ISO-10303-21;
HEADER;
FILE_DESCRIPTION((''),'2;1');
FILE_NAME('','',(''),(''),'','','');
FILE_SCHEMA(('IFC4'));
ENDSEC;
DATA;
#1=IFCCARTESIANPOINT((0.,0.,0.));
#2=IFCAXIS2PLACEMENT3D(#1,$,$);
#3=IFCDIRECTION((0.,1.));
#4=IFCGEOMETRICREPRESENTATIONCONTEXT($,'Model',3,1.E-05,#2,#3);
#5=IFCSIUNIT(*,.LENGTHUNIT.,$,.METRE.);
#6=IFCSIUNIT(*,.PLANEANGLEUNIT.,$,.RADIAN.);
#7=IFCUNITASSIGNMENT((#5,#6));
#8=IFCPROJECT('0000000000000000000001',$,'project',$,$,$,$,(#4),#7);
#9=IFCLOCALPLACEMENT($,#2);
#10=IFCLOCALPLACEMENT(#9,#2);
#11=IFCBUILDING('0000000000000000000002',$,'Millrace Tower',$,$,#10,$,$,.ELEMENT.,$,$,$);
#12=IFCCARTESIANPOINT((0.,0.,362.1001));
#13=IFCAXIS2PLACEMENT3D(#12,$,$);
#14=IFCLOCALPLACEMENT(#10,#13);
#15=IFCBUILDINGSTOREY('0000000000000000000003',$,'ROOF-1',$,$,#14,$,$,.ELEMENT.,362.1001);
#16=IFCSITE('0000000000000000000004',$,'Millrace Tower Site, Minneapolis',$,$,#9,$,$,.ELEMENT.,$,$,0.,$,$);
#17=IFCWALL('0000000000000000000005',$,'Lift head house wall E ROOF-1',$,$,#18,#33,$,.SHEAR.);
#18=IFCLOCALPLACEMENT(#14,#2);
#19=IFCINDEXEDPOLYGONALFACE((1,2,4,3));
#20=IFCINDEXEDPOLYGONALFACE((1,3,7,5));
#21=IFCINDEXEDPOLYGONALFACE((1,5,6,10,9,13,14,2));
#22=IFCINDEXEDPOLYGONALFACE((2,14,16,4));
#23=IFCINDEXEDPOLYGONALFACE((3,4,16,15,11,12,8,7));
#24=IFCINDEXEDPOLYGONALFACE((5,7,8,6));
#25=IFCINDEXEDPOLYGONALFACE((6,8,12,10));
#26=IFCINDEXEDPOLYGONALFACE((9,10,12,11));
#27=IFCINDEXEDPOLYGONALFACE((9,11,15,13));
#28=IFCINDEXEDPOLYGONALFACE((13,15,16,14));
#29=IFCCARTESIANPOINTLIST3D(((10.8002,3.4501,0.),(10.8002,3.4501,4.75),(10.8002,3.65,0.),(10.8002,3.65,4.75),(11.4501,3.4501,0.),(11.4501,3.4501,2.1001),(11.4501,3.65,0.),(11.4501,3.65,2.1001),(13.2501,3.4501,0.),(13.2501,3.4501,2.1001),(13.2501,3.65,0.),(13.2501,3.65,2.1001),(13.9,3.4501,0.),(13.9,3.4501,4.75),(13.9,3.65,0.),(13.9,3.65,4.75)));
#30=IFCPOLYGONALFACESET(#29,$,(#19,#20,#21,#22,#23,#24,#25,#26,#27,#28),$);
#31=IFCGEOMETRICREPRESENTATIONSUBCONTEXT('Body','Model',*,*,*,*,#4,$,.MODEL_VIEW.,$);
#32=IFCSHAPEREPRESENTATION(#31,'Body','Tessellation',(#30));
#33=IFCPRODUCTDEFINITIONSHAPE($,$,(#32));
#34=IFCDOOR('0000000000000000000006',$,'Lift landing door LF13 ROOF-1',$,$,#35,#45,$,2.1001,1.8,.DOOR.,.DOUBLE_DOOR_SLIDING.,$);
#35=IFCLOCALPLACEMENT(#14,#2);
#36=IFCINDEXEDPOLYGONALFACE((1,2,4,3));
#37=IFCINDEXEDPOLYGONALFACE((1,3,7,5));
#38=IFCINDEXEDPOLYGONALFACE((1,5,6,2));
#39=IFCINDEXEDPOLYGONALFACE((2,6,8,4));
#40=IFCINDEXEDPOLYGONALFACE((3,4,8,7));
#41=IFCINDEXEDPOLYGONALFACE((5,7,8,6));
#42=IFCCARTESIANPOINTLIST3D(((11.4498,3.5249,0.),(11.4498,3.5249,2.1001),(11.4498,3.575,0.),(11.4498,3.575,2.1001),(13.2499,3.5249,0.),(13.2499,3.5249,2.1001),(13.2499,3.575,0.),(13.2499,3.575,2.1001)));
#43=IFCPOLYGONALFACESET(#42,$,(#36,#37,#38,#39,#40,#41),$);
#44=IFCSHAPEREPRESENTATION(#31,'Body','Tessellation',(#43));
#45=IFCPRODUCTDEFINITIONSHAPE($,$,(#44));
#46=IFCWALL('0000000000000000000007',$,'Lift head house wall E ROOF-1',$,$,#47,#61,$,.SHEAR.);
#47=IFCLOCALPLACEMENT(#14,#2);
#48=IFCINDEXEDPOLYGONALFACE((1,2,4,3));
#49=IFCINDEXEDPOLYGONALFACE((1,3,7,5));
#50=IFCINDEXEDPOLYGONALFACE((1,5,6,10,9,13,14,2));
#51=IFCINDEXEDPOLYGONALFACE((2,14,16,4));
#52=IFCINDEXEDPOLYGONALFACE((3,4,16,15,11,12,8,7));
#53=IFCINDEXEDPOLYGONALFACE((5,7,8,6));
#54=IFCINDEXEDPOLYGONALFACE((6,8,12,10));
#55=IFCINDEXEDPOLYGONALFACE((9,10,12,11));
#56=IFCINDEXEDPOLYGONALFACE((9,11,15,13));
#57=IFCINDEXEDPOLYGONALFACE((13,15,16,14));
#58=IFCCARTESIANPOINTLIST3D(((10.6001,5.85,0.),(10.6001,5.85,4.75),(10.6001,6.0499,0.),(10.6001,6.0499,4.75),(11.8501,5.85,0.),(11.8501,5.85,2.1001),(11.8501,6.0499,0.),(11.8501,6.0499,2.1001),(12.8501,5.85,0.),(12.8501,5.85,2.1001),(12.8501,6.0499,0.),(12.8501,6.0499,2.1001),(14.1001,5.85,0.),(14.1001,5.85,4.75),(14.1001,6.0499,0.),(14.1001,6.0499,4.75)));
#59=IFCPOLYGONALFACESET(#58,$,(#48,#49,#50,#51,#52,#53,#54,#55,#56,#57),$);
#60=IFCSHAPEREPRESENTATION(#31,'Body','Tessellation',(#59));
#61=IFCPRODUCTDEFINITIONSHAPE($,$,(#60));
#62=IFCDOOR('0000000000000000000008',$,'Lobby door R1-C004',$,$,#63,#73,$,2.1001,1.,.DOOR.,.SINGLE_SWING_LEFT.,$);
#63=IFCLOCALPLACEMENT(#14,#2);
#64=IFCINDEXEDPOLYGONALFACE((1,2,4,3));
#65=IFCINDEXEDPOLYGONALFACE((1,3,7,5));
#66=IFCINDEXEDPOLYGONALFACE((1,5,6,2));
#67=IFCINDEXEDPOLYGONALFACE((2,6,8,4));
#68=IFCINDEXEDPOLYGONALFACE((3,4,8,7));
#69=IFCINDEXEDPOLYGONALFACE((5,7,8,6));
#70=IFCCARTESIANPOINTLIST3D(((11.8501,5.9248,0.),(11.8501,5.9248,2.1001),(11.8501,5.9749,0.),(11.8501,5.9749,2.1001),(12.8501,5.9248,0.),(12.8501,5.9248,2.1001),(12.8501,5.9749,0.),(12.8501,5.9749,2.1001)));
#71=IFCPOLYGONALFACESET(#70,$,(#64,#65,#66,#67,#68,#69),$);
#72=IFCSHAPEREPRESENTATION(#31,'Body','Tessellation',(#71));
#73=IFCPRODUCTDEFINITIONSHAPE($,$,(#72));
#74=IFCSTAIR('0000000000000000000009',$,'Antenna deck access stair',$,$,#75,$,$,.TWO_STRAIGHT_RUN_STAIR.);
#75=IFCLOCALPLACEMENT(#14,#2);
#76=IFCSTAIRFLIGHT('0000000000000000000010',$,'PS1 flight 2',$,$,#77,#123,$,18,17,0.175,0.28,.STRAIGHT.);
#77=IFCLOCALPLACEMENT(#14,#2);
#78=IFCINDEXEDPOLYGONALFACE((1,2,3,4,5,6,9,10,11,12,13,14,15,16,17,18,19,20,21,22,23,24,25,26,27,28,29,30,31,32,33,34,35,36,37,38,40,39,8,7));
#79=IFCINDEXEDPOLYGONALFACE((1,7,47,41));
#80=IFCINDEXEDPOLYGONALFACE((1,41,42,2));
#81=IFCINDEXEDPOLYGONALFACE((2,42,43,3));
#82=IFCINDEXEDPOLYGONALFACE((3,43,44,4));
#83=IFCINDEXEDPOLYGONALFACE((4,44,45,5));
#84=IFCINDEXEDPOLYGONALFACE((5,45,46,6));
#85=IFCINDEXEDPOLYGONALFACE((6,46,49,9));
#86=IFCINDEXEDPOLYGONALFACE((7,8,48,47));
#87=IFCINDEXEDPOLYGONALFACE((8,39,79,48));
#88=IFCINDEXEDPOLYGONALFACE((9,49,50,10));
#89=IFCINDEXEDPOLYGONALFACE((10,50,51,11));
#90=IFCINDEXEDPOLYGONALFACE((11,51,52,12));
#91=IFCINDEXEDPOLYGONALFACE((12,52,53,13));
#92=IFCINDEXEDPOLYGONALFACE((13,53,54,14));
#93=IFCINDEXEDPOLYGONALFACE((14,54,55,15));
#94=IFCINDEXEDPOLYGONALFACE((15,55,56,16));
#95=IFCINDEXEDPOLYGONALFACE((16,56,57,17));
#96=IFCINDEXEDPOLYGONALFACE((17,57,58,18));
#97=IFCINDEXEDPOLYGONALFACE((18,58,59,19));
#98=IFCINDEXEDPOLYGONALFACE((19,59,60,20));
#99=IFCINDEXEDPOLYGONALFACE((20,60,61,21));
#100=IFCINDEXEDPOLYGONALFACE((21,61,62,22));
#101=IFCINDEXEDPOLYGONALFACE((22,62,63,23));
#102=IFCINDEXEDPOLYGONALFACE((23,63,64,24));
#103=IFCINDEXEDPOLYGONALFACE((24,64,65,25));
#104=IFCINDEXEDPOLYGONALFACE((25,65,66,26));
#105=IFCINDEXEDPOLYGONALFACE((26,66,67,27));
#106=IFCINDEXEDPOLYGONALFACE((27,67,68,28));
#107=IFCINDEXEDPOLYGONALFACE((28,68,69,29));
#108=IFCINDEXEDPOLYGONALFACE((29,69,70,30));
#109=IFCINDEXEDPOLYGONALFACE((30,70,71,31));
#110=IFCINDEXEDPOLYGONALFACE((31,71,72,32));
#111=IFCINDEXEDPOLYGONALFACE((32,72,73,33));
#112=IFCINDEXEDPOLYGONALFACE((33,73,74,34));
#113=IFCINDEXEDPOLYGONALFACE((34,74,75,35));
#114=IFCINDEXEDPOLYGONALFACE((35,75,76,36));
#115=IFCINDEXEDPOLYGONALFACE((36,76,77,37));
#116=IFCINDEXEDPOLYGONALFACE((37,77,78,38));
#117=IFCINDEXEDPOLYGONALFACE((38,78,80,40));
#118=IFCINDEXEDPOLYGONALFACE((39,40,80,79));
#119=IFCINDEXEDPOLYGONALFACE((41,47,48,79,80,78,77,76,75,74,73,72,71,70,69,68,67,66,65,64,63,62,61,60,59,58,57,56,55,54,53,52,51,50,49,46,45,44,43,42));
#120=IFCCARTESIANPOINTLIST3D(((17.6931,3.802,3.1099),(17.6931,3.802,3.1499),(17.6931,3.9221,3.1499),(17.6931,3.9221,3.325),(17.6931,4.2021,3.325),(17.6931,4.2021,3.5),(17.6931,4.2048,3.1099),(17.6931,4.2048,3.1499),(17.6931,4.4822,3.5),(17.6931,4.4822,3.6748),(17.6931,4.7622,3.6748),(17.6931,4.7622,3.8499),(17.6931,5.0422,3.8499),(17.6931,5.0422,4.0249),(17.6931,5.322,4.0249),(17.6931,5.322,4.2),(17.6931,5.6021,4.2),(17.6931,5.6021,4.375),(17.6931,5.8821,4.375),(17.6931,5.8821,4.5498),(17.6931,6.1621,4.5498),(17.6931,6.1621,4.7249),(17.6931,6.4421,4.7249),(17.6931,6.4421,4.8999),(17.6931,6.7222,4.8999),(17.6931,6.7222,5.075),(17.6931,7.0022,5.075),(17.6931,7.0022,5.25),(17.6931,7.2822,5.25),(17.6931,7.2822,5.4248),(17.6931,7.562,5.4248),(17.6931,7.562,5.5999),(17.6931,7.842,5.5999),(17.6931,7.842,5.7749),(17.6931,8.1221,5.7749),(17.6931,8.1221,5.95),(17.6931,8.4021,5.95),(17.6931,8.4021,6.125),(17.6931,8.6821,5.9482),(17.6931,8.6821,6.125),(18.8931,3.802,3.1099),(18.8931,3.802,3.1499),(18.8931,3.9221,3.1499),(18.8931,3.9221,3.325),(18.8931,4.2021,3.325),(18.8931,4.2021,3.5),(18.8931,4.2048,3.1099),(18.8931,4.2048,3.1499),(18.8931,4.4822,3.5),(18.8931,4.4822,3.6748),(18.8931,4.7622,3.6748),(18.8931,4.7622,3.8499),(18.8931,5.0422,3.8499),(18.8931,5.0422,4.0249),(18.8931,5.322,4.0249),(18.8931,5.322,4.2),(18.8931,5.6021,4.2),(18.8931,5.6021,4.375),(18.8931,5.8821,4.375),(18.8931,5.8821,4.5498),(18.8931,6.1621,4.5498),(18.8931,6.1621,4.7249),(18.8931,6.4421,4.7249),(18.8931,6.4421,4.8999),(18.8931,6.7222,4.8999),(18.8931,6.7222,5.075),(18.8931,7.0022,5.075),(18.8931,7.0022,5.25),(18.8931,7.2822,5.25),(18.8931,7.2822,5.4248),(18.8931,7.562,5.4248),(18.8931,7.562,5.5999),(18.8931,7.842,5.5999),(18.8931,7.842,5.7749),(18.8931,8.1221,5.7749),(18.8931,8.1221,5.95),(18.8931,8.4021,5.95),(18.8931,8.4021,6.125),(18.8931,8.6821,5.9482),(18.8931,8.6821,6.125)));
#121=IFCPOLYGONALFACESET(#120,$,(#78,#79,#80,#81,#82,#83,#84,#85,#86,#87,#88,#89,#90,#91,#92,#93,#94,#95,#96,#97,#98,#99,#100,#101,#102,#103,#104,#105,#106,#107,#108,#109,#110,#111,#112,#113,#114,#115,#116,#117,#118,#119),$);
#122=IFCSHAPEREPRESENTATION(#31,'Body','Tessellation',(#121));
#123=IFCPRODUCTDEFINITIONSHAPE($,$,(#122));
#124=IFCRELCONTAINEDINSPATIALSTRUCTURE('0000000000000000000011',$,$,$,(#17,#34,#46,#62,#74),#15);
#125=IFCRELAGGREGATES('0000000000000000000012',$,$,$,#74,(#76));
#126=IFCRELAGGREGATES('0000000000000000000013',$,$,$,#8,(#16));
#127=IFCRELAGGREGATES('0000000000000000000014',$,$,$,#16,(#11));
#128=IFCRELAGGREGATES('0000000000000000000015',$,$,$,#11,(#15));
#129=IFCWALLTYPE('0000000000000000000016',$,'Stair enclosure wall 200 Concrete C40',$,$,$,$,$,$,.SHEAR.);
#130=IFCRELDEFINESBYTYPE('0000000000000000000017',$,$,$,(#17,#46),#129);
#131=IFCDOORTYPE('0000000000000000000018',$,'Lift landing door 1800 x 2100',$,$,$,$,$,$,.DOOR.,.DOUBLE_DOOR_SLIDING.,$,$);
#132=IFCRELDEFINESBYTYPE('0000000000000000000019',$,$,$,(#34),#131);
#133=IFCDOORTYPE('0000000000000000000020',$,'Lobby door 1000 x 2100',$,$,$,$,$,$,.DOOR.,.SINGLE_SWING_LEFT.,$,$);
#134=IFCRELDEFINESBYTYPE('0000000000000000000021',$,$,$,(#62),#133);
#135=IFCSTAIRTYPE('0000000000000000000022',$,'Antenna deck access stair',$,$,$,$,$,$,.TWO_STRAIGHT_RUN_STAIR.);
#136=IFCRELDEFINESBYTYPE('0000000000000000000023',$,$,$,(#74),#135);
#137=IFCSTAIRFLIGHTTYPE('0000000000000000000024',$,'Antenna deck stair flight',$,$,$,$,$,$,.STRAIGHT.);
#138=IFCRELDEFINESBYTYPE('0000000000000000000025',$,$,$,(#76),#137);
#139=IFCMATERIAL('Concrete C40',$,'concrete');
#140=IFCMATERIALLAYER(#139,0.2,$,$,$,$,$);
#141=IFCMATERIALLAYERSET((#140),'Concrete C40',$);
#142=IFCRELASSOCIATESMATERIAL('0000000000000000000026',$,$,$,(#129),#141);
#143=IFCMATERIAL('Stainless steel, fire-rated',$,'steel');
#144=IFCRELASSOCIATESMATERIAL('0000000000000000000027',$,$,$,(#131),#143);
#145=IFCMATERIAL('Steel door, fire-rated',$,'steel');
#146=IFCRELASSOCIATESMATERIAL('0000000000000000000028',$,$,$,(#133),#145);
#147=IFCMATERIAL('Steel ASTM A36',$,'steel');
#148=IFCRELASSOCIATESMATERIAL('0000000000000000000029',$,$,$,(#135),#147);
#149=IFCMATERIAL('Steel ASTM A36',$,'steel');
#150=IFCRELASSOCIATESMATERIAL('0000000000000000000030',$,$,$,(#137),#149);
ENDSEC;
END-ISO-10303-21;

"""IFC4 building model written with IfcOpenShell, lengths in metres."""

from ifc_helpers import new_model, si_unit, direction, frame, frame_2d, origin, place, context, subcontext, project, spatial, polyline, rectangle, outline, extrude, material, layer, layer_set, type_object, element, fill, aggregate, save


model = new_model("IFC4")

# Units and contexts
model_context = context("Model", 3, precision=1e-05, world=origin(), true_north=direction((0.0, 1.0)))
body_context = subcontext(model_context, "Body", "Model", "MODEL_VIEW")
ifc_project = project(units=[si_unit("LENGTHUNIT", "METRE"), si_unit("PLANEANGLEUNIT", "RADIAN")], contexts=[model_context])

# Site, building, storey
site_placement = place(None, origin())
site = spatial("IfcSite", under=ifc_project, at=site_placement, Name="Millrace Tower Site, Minneapolis", CompositionType="ELEMENT", RefElevation=0.0)
building_placement = place(site_placement, origin())
building = spatial("IfcBuilding", under=site, at=building_placement, Name="Millrace Tower", CompositionType="ELEMENT")
storey_placement = place(building_placement, frame((0.0, 0.0, 362.1001)))
storey = spatial("IfcBuildingStorey", under=building, at=storey_placement, Name="ROOF-1", CompositionType="ELEMENT", Elevation=362.1001)

# Shared definitions
ifc_material_1 = material(Name="Concrete C40", Category="concrete")
ifc_layer_1 = layer(ifc_material_1, 0.2)
ifc_layer_set_1 = layer_set([ifc_layer_1], Name="Concrete C40")
wall_type_1 = type_object("IfcWallType", Name="Stair enclosure wall 200 Concrete C40", PredefinedType="SHEAR", material=ifc_layer_set_1)

# Walls, openings, doors
wall_1_placement = place(storey_placement, frame((13.8999, 3.55, 0.0), z_axis=(0.0, 0.0, 1.0), x_axis=(-1.0, 0.0, 0.0)))
wall_1 = element("IfcWall", 1, at=wall_1_placement, inside=storey, type_object=wall_type_1, Name="Lift head house wall E ROOF-1", PredefinedType="SHEAR", context=body_context, shape_type="SweptSolid", body=[
    extrude(rectangle(XDim=3.0999, YDim=0.2, at=frame_2d((1.5498, 0.0))), origin(), (0.0, 0.0, 1.0), 4.75),
])
opening_1_placement = place(wall_1_placement, frame((0.6499, 0.0, 0.0)))
opening_1 = element("IfcOpeningElement", 2, at=opening_1_placement, cuts=wall_1, PredefinedType="OPENING", context=body_context, shape_type="SweptSolid", body=[
    extrude(rectangle(XDim=1.8, YDim=2.1001, at=frame_2d((0.8999, 1.05))), frame((0.0, 0.1099, 0.0), z_axis=(0.0, -1.0, 0.0), x_axis=(1.0, 0.0, 0.0)), (0.0, 0.0, 1.0), 0.22),
])
ifc_material_2 = material(Name="Stainless steel, fire-rated", Category="steel")
door_type_1 = type_object("IfcDoorType", Name="Lift landing door 1800 x 2100", OperationType="DOUBLE_DOOR_SLIDING", PredefinedType="DOOR", material=ifc_material_2)
door_1_placement = place(opening_1_placement, frame((1.8, 0.0, 0.0), z_axis=(0.0, 0.0, 1.0), x_axis=(-1.0, 0.0, 0.0)))
door_1 = element("IfcDoor", 3, at=door_1_placement, inside=storey, type_object=door_type_1, Name="Lift landing door LF13 ROOF-1", OperationType="DOUBLE_DOOR_SLIDING", OverallHeight=2.1001, OverallWidth=1.8, PredefinedType="DOOR", context=body_context, shape_type="SweptSolid", body=[
    extrude(rectangle(XDim=1.8, YDim=2.1001, at=frame_2d((0.8999, 1.05))), frame((0.0, 0.0249, 0.0), z_axis=(0.0, -1.0, 0.0), x_axis=(1.0, 0.0, 0.0)), (0.0, 0.0, 1.0), 0.05),
])
fill(opening_1, door_1)
wall_2_placement = place(storey_placement, frame((14.1001, 5.95, 0.0), z_axis=(0.0, 0.0, 1.0), x_axis=(-1.0, 0.0, 0.0)))
wall_2 = element("IfcWall", 4, at=wall_2_placement, inside=storey, type_object=wall_type_1, Name="Lift head house wall E ROOF-1", PredefinedType="SHEAR", context=body_context, shape_type="SweptSolid", body=[
    extrude(rectangle(XDim=3.5, YDim=0.2, at=frame_2d((1.75, 0.0))), origin(), (0.0, 0.0, 1.0), 4.75),
])
opening_2_placement = place(wall_2_placement, frame((1.25, 0.0, 0.0)))
opening_2 = element("IfcOpeningElement", 5, at=opening_2_placement, cuts=wall_2, PredefinedType="OPENING", context=body_context, shape_type="SweptSolid", body=[
    extrude(rectangle(XDim=1.0, YDim=2.1001, at=frame_2d((0.5, 1.05))), frame((0.0, 0.1099, 0.0), z_axis=(0.0, -1.0, 0.0), x_axis=(1.0, 0.0, 0.0)), (0.0, 0.0, 1.0), 0.22),
])
ifc_material_3 = material(Name="Steel door, fire-rated", Category="steel")
door_type_2 = type_object("IfcDoorType", Name="Lobby door 1000 x 2100", OperationType="SINGLE_SWING_LEFT", PredefinedType="DOOR", material=ifc_material_3)
door_2_placement = place(opening_2_placement, frame((1.0, 0.0, 0.0), z_axis=(0.0, 0.0, 1.0), x_axis=(-1.0, 0.0, 0.0)))
door_2 = element("IfcDoor", 6, at=door_2_placement, inside=storey, type_object=door_type_2, Name="Lobby door R1-C004", OperationType="SINGLE_SWING_LEFT", OverallHeight=2.1001, OverallWidth=1.0, PredefinedType="DOOR", context=body_context, shape_type="SweptSolid", body=[
    extrude(rectangle(XDim=1.0, YDim=2.1001, at=frame_2d((0.5, 1.05))), frame((0.0, 0.0249, 0.0), z_axis=(0.0, -1.0, 0.0), x_axis=(1.0, 0.0, 0.0)), (0.0, 0.0, 1.0), 0.05),
])
fill(opening_2, door_2)

# Stair, stair flight
ifc_material_4 = material(Name="Steel ASTM A36", Category="steel")
stair_type = type_object("IfcStairType", Name="Antenna deck access stair", PredefinedType="TWO_STRAIGHT_RUN_STAIR", material=ifc_material_4)
stair_placement = place(storey_placement, origin())
stair = element("IfcStair", 7, at=stair_placement, inside=storey, type_object=stair_type, Name="Antenna deck access stair", PredefinedType="TWO_STRAIGHT_RUN_STAIR")
ifc_material_5 = material(Name="Steel ASTM A36", Category="steel")
stair_flight_type = type_object("IfcStairFlightType", Name="Antenna deck stair flight", PredefinedType="STRAIGHT", material=ifc_material_5)
stair_flight_placement = place(storey_placement, frame((18.2932, 3.9221, 3.1499), z_axis=(0.0, 0.0, 1.0), x_axis=(0.0, 1.0, 0.0)))
stair_flight = element("IfcStairFlight", 8, at=stair_flight_placement, type_object=stair_flight_type, Name="PS1 flight 2", NumberOfRisers=18, NumberOfTreads=17, PredefinedType="STRAIGHT", RiserHeight=0.175, TreadLength=0.28, context=body_context, shape_type="SweptSolid", body=[
    extrude(outline(polyline([(-0.1201, -0.04), (-0.1201, 0.0), (0.0, 0.0), (0.0, 0.175), (0.28, 0.175), (0.28, 0.3501), (0.5601, 0.3501), (0.5601, 0.5249), (0.8401, 0.5249), (0.8401, 0.7), (1.1201, 0.7), (1.1201, 0.875), (1.3999, 0.875), (1.3999, 1.05), (1.6799, 1.05), (1.6799, 1.2251), (1.96, 1.2251), (1.96, 1.3999), (2.24, 1.3999), (2.24, 1.575), (2.52, 1.575), (2.52, 1.75), (2.8, 1.75), (2.8, 1.925), (3.0801, 1.925), (3.0801, 2.1001), (3.3601, 2.1001), (3.3601, 2.2749), (3.6399, 2.2749), (3.6399, 2.45), (3.9199, 2.45), (3.9199, 2.625), (4.2, 2.625), (4.2, 2.8), (4.48, 2.8), (4.48, 2.9751), (4.76, 2.9751), (4.76, 2.9951), (4.76, 2.7983), (4.76, 2.7983), (0.2827, 0.0), (0.2827, -0.04), (-0.1201, -0.04)])), frame((0.0, 0.6001, 0.0), z_axis=(0.0, -1.0, 0.0), x_axis=(1.0, 0.0, 0.0)), (0.0, 0.0, 1.0), 1.2),
])
aggregate(stair, [stair_flight])

save(model, "model.ifc")
